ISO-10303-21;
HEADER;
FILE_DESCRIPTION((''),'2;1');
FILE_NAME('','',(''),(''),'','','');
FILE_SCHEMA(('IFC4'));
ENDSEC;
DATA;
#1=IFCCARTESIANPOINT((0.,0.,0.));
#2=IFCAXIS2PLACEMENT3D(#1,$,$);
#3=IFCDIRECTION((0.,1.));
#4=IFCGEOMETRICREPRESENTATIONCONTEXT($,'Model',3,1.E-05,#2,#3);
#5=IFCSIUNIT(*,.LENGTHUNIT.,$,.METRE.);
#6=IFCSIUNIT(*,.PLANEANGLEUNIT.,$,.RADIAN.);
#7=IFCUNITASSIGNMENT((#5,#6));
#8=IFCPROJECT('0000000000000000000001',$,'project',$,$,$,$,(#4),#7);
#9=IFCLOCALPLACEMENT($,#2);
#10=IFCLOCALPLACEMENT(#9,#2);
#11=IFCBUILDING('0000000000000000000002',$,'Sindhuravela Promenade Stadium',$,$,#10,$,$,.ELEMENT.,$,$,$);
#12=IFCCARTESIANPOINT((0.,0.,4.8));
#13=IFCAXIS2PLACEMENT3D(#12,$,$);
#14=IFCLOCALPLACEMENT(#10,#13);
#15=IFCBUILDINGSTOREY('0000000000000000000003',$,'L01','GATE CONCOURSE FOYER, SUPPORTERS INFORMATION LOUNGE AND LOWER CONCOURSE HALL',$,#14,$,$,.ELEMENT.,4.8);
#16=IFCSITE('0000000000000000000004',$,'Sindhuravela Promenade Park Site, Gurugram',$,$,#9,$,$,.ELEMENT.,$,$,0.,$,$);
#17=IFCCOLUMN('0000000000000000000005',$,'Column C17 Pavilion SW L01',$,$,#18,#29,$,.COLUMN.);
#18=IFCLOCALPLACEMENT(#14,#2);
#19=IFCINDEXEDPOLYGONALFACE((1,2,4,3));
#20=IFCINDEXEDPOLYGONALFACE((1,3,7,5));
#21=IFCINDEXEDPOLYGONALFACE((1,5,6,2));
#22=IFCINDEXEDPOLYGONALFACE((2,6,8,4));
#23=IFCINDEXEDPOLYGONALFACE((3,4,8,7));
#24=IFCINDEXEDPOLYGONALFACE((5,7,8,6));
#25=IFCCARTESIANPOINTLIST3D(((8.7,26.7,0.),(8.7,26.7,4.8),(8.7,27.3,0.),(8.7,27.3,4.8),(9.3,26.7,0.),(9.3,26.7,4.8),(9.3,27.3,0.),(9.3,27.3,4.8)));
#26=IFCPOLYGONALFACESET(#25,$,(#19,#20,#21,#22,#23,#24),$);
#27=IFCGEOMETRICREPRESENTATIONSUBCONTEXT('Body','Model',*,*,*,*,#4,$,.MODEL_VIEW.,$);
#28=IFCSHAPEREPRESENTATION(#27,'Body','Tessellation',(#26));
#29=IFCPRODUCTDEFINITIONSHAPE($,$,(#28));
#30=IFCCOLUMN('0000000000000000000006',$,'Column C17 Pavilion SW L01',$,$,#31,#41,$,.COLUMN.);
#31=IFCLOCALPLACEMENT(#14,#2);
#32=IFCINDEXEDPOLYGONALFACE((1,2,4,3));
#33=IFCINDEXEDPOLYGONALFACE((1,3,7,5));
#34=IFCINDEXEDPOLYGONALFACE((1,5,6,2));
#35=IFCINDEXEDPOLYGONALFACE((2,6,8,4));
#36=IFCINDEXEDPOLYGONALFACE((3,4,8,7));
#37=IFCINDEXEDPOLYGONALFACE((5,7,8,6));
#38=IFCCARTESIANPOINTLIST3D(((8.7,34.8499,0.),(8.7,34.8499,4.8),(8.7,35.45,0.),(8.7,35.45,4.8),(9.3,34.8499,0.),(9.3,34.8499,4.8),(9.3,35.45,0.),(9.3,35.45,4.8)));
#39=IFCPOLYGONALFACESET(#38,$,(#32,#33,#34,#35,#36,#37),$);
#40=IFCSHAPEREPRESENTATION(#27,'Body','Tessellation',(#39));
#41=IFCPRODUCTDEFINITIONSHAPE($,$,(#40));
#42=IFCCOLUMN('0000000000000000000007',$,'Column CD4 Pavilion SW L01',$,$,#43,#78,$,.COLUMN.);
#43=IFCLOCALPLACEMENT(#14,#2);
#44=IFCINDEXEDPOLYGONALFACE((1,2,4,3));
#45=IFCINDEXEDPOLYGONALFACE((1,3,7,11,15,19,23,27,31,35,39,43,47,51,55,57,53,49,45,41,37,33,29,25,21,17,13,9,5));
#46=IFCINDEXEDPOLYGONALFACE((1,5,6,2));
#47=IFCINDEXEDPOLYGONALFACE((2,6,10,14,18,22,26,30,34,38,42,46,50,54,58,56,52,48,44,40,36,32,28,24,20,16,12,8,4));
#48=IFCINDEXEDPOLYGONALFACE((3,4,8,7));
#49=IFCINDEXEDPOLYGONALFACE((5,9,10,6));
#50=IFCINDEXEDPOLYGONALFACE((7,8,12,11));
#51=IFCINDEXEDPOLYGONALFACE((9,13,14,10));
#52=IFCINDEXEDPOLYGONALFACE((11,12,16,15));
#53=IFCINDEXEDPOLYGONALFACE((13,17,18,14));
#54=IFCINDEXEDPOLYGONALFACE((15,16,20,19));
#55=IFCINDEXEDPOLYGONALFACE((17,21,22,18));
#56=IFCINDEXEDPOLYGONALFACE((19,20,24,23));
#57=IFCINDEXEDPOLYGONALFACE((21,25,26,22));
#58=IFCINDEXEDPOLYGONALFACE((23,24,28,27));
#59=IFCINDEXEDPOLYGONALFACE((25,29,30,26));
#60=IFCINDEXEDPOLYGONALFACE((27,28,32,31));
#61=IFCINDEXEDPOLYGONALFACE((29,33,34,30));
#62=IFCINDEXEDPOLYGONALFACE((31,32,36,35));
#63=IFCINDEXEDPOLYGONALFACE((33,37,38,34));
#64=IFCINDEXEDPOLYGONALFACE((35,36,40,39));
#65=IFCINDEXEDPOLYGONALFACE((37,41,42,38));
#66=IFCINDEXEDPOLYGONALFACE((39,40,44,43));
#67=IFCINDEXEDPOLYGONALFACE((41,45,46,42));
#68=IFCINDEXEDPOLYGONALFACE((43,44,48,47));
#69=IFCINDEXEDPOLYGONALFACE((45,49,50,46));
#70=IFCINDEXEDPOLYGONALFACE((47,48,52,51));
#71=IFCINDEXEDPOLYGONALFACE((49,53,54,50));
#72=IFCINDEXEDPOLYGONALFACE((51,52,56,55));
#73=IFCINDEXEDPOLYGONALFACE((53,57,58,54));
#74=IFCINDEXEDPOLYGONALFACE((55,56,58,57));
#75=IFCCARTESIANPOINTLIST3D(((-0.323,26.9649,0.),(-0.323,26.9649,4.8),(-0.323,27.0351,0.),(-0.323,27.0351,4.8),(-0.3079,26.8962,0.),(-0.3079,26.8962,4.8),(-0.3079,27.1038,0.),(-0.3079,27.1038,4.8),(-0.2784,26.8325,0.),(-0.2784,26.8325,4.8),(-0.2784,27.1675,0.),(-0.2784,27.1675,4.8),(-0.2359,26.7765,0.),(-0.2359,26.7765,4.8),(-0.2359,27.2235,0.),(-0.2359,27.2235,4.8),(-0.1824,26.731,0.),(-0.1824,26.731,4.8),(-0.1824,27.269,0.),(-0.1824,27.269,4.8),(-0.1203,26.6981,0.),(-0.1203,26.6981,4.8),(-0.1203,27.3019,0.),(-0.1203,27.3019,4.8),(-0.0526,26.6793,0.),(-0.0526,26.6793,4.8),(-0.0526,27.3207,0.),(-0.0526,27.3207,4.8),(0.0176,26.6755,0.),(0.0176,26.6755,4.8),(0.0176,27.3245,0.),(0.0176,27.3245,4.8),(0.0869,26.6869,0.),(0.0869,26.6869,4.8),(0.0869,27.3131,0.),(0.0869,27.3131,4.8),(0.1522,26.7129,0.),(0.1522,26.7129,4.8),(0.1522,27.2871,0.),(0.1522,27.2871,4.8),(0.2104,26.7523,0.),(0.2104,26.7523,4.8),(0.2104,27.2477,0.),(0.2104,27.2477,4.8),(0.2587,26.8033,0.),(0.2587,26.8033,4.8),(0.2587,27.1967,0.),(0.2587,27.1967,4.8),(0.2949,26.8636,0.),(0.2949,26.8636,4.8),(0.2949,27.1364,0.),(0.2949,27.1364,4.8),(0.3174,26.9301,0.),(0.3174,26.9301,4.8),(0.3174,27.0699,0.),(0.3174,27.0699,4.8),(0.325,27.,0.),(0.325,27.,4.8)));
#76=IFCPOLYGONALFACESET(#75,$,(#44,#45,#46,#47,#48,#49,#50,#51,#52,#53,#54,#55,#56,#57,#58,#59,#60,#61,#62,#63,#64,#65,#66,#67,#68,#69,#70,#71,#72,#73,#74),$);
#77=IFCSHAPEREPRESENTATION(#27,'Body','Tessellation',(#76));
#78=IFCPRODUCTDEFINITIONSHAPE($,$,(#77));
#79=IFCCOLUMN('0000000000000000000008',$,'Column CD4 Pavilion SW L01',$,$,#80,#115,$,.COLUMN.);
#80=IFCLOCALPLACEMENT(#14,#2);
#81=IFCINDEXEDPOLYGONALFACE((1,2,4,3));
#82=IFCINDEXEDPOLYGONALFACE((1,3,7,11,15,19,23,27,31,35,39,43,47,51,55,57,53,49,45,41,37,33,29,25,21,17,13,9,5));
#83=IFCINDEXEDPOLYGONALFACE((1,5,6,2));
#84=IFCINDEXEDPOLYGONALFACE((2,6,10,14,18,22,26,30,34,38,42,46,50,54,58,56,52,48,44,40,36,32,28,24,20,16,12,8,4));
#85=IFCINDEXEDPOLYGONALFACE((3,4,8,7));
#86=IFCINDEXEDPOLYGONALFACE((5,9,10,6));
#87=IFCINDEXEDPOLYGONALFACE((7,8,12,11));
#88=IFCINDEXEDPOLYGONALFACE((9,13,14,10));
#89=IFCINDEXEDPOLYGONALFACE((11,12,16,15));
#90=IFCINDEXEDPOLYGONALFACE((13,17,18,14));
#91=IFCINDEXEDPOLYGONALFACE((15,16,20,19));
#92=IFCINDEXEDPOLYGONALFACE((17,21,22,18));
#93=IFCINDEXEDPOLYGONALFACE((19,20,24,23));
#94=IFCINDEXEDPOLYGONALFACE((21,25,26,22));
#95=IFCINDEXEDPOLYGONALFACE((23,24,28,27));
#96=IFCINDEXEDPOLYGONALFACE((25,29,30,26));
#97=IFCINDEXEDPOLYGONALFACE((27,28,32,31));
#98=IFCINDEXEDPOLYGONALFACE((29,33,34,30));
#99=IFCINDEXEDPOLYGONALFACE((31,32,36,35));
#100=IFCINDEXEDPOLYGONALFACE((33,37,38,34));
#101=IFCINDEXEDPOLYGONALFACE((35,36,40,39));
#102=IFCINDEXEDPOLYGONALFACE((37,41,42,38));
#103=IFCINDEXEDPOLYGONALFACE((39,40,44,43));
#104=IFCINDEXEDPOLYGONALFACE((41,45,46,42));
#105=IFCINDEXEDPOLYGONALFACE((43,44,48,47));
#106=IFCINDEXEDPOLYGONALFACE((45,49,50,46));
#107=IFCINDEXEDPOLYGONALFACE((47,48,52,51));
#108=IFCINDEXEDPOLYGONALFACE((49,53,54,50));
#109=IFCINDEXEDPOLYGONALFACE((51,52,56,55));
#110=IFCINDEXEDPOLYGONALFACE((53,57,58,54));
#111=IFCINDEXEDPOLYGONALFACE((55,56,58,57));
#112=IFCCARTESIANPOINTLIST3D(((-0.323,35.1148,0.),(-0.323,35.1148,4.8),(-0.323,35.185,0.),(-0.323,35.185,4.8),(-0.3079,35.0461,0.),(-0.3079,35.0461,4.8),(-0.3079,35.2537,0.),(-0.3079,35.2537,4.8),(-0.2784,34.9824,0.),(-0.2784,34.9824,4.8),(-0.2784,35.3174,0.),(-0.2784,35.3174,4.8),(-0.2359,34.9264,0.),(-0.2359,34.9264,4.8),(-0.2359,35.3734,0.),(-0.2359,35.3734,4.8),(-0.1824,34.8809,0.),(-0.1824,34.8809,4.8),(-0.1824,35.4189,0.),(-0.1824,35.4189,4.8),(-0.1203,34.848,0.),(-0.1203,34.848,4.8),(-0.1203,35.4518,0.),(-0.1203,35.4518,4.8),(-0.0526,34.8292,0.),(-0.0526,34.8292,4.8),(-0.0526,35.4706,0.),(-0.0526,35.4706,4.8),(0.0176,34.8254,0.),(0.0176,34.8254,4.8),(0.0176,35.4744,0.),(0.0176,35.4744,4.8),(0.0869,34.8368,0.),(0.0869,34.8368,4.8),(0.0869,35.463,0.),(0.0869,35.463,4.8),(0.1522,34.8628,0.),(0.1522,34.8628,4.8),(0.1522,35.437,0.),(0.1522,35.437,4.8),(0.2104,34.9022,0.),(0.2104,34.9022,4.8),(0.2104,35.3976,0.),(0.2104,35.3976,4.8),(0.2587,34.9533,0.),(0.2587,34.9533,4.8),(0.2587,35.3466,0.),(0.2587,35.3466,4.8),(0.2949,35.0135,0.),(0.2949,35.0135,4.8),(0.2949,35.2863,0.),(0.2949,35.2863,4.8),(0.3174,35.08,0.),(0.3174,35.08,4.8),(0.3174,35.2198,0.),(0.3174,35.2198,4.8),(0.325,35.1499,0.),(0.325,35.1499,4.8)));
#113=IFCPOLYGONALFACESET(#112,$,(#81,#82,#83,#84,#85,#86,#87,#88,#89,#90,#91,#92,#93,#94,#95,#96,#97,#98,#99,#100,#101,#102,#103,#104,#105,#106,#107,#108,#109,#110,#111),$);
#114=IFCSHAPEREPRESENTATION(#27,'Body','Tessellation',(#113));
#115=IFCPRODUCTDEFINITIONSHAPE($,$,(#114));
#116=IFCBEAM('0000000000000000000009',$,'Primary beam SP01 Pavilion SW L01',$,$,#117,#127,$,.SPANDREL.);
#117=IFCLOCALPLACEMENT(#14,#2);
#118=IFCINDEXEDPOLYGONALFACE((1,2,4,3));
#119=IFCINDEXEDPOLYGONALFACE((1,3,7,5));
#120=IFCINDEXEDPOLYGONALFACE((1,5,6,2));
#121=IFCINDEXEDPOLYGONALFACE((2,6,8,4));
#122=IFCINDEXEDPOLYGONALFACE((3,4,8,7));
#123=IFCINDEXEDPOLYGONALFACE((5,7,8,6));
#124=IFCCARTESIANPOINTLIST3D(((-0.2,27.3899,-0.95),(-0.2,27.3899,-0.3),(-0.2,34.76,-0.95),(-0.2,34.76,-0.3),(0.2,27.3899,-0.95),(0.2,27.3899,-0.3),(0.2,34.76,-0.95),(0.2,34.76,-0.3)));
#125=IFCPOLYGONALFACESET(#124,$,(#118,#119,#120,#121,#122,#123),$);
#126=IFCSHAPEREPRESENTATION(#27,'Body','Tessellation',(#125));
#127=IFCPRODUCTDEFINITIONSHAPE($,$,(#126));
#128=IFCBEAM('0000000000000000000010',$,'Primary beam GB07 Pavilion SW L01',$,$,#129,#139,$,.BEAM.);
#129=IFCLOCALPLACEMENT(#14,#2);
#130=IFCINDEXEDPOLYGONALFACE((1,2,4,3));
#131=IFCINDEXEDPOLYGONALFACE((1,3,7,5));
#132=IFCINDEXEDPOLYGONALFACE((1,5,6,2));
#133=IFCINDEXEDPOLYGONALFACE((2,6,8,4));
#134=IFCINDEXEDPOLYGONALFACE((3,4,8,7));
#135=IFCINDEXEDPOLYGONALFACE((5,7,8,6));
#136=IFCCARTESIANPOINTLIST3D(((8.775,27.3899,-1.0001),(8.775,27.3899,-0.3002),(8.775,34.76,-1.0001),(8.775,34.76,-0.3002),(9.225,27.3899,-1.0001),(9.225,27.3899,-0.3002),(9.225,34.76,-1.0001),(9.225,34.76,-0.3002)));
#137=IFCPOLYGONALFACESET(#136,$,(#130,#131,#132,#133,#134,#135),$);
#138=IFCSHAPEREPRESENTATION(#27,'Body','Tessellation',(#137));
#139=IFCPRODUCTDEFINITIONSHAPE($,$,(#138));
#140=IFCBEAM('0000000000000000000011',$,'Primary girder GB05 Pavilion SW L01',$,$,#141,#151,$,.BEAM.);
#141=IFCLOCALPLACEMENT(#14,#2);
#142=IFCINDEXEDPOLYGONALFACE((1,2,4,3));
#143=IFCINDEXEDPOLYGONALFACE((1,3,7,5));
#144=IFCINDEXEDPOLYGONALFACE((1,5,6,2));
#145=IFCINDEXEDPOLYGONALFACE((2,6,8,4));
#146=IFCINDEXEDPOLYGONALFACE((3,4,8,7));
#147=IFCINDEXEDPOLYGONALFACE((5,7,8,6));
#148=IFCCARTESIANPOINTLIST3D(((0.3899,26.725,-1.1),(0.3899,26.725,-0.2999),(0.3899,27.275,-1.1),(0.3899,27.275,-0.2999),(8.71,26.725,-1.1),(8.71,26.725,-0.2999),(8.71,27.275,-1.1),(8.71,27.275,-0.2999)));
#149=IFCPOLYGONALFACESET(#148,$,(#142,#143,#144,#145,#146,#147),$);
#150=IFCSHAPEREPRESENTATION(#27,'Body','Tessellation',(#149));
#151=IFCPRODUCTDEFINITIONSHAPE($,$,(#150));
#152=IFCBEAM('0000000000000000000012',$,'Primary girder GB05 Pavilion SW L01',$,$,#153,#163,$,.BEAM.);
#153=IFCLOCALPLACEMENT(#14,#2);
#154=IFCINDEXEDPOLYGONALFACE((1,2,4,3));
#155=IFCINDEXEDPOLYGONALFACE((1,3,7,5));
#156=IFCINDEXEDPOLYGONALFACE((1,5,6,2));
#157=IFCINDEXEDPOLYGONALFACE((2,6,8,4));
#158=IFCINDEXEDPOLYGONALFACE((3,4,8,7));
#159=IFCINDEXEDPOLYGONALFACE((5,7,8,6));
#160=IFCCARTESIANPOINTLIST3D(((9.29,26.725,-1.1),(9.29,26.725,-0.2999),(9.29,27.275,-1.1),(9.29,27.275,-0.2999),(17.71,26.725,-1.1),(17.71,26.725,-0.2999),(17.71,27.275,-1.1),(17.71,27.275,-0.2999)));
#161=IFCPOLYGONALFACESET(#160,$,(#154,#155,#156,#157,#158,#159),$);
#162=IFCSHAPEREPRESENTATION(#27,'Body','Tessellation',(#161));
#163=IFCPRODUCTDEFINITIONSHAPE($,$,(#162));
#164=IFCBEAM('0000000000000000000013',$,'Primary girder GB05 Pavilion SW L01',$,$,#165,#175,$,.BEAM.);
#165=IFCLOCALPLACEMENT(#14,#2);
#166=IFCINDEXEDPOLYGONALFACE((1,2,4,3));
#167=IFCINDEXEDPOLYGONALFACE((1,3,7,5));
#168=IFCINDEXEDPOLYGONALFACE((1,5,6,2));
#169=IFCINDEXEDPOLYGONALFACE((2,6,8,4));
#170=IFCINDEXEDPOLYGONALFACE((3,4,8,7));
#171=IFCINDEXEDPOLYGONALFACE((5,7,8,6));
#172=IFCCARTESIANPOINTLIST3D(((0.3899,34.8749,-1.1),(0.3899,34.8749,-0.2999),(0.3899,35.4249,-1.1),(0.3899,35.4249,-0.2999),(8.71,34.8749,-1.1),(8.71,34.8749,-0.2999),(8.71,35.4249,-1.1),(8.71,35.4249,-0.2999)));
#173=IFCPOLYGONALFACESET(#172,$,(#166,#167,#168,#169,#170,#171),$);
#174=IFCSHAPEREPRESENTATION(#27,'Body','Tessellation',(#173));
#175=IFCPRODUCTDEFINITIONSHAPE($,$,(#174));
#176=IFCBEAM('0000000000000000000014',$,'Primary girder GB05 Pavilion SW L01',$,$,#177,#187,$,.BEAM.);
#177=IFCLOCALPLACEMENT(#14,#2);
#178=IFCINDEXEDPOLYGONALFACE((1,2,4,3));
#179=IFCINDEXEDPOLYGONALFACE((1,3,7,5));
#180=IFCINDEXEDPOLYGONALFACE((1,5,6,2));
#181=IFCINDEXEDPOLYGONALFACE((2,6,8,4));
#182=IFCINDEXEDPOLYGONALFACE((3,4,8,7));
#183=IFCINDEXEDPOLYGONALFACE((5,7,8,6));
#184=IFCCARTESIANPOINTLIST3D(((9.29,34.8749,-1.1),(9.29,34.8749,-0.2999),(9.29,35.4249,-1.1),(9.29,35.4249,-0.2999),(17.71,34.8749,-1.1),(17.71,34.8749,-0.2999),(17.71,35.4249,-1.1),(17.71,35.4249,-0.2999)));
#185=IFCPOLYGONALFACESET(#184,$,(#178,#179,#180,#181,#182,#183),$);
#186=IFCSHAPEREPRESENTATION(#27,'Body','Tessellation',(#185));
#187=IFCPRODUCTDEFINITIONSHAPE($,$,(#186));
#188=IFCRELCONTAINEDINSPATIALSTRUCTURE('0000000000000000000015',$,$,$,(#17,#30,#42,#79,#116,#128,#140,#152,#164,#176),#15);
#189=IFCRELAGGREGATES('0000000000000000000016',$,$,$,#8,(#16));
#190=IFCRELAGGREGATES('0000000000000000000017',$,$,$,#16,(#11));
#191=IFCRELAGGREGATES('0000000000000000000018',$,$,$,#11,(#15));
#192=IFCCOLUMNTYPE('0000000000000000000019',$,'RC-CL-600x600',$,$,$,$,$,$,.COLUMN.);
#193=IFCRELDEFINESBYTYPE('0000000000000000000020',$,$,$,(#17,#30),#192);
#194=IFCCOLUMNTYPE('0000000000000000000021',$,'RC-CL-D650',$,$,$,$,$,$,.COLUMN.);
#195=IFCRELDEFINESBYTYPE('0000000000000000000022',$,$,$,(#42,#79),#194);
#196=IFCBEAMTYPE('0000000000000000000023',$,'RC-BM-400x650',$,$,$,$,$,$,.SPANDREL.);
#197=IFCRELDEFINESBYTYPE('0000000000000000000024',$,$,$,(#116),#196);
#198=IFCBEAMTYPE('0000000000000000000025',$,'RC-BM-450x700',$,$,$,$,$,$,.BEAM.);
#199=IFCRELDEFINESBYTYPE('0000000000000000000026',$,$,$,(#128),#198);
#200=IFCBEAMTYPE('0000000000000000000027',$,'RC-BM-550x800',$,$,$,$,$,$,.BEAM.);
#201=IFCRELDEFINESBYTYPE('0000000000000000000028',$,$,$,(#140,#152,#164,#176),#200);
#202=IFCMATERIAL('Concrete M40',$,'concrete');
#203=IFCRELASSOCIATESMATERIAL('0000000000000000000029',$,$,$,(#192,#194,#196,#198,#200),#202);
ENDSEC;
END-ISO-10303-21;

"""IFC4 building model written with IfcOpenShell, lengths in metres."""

from ifc_helpers import new_model, si_unit, direction, frame, origin, origin_2d, place, context, subcontext, project, spatial, rectangle, circle, extrude, material, material_profile, profile_set, type_object, element, save


model = new_model("IFC4")

# Units and contexts
model_context = context("Model", 3, precision=1e-05, world=origin(), true_north=direction((0.0, 1.0)))
body_context = subcontext(model_context, "Body", "Model", "MODEL_VIEW")
ifc_project = project(units=[si_unit("LENGTHUNIT", "METRE"), si_unit("PLANEANGLEUNIT", "RADIAN")], contexts=[model_context])

# Site, building, storey
site_placement = place(None, origin())
site = spatial("IfcSite", under=ifc_project, at=site_placement, Name="Sindhuravela Promenade Park Site, Gurugram", CompositionType="ELEMENT", RefElevation=0.0)
building_placement = place(site_placement, origin())
building = spatial("IfcBuilding", under=site, at=building_placement, Name="Sindhuravela Promenade Stadium", CompositionType="ELEMENT")
storey_placement = place(building_placement, frame((0.0, 0.0, 4.8)))
storey = spatial("IfcBuildingStorey", under=building, at=storey_placement, Name="L01", Description="GATE CONCOURSE FOYER, SUPPORTERS INFORMATION LOUNGE AND LOWER CONCOURSE HALL", CompositionType="ELEMENT", Elevation=4.8)

# Columns
ifc_material_1 = material(Name="Concrete M40", Category="concrete")
ifc_material_profile_1 = material_profile(ifc_material_1, rectangle(XDim=0.6001, YDim=0.6001, at=origin_2d()), Name="RC 600x600")
ifc_profile_set_1 = profile_set([ifc_material_profile_1], Name="Concrete M40")
column_type_1 = type_object("IfcColumnType", Name="RC-CL-600x600", PredefinedType="COLUMN", material=ifc_profile_set_1)
for number, where, z_axis, x_axis, name in (
    (1, (9.0, 27.0, 0.0), (0.0, 0.0, 1.0), (1.0, 0.0, 0.0), "Column C17 Pavilion SW L01"),
    (2, (9.0, 35.1499, 0.0), (0.0, 0.0, 1.0), (1.0, 0.0, 0.0), "Column C17 Pavilion SW L01"),
):
    element("IfcColumn", number, at=place(storey_placement, frame(where, z_axis=z_axis, x_axis=x_axis)), inside=storey, type_object=column_type_1, Name=name, PredefinedType="COLUMN", context=body_context, shape_type="SweptSolid", body=[
        extrude(rectangle(XDim=0.6001, YDim=0.6001, at=origin_2d()), origin(), (0.0, 0.0, 1.0), 4.8),
    ])
ifc_material_profile_2 = material_profile(ifc_material_1, circle(Radius=0.325, at=origin_2d()), Name="RC D650")
ifc_profile_set_2 = profile_set([ifc_material_profile_2], Name="Concrete M40")
column_type_2 = type_object("IfcColumnType", Name="RC-CL-D650", PredefinedType="COLUMN", material=ifc_profile_set_2)
for number, where, z_axis, x_axis, name in (
    (3, (0.0, 27.0, 0.0), (0.0, 0.0, 1.0), (1.0, 0.0, 0.0), "Column CD4 Pavilion SW L01"),
    (4, (0.0, 35.1499, 0.0), (0.0, 0.0, 1.0), (1.0, 0.0, 0.0), "Column CD4 Pavilion SW L01"),
):
    element("IfcColumn", number, at=place(storey_placement, frame(where, z_axis=z_axis, x_axis=x_axis)), inside=storey, type_object=column_type_2, Name=name, PredefinedType="COLUMN", context=body_context, shape_type="SweptSolid", body=[
        extrude(circle(Radius=0.325, at=origin_2d()), origin(), (0.0, 0.0, 1.0), 4.8),
    ])

# Beams
ifc_material_profile_3 = material_profile(ifc_material_1, rectangle(XDim=0.3999, YDim=0.6499, at=origin_2d()), Name="RC 400x650")
ifc_profile_set_3 = profile_set([ifc_material_profile_3], Name="Concrete M40")
beam_type_1 = type_object("IfcBeamType", Name="RC-BM-400x650", PredefinedType="SPANDREL", material=ifc_profile_set_3)
beam_1_placement = place(storey_placement, frame((0.0, 27.3899, -0.625), z_axis=(0.0, 1.0, 0.0), x_axis=(-1.0, 0.0, 0.0)))
element("IfcBeam", 5, at=beam_1_placement, inside=storey, type_object=beam_type_1, Name="Primary beam SP01 Pavilion SW L01", PredefinedType="SPANDREL", context=body_context, shape_type="SweptSolid", body=[
    extrude(rectangle(XDim=0.3999, YDim=0.6499, at=origin_2d()), origin(), (0.0, 0.0, 1.0), 7.3701),
])
ifc_material_profile_4 = material_profile(ifc_material_1, rectangle(XDim=0.45, YDim=0.7, at=origin_2d()), Name="RC 450x700")
ifc_profile_set_4 = profile_set([ifc_material_profile_4], Name="Concrete M40")
beam_type_2 = type_object("IfcBeamType", Name="RC-BM-450x700", PredefinedType="BEAM", material=ifc_profile_set_4)
beam_2_placement = place(storey_placement, frame((9.0, 27.3899, -0.6501), z_axis=(0.0, 1.0, 0.0), x_axis=(-1.0, 0.0, 0.0)))
element("IfcBeam", 6, at=beam_2_placement, inside=storey, type_object=beam_type_2, Name="Primary beam GB07 Pavilion SW L01", PredefinedType="BEAM", context=body_context, shape_type="SweptSolid", body=[
    extrude(rectangle(XDim=0.45, YDim=0.7, at=origin_2d()), origin(), (0.0, 0.0, 1.0), 7.3701),
])
ifc_material_profile_5 = material_profile(ifc_material_1, rectangle(XDim=0.55, YDim=0.8, at=origin_2d()), Name="RC 550x800")
ifc_profile_set_5 = profile_set([ifc_material_profile_5], Name="Concrete M40")
beam_type_3 = type_object("IfcBeamType", Name="RC-BM-550x800", PredefinedType="BEAM", material=ifc_profile_set_5)
beam_3_placement = place(storey_placement, frame((0.3899, 27.0, -0.7), z_axis=(1.0, 0.0, 0.0), x_axis=(0.0, 1.0, 0.0)))
element("IfcBeam", 7, at=beam_3_placement, inside=storey, type_object=beam_type_3, Name="Primary girder GB05 Pavilion SW L01", PredefinedType="BEAM", context=body_context, shape_type="SweptSolid", body=[
    extrude(rectangle(XDim=0.55, YDim=0.8, at=origin_2d()), origin(), (0.0, 0.0, 1.0), 8.3201),
])
beam_4_placement = place(storey_placement, frame((9.29, 27.0, -0.7), z_axis=(1.0, 0.0, 0.0), x_axis=(0.0, 1.0, 0.0)))
element("IfcBeam", 8, at=beam_4_placement, inside=storey, type_object=beam_type_3, Name="Primary girder GB05 Pavilion SW L01", PredefinedType="BEAM", context=body_context, shape_type="SweptSolid", body=[
    extrude(rectangle(XDim=0.55, YDim=0.8, at=origin_2d()), origin(), (0.0, 0.0, 1.0), 8.4199),
])
beam_5_placement = place(storey_placement, frame((0.3899, 35.1499, -0.7), z_axis=(1.0, 0.0, 0.0), x_axis=(0.0, 1.0, 0.0)))
element("IfcBeam", 9, at=beam_5_placement, inside=storey, type_object=beam_type_3, Name="Primary girder GB05 Pavilion SW L01", PredefinedType="BEAM", context=body_context, shape_type="SweptSolid", body=[
    extrude(rectangle(XDim=0.55, YDim=0.8, at=origin_2d()), origin(), (0.0, 0.0, 1.0), 8.3201),
])
beam_6_placement = place(storey_placement, frame((9.29, 35.1499, -0.7), z_axis=(1.0, 0.0, 0.0), x_axis=(0.0, 1.0, 0.0)))
element("IfcBeam", 10, at=beam_6_placement, inside=storey, type_object=beam_type_3, Name="Primary girder GB05 Pavilion SW L01", PredefinedType="BEAM", context=body_context, shape_type="SweptSolid", body=[
    extrude(rectangle(XDim=0.55, YDim=0.8, at=origin_2d()), origin(), (0.0, 0.0, 1.0), 8.4199),
])

save(model, "model.ifc")
